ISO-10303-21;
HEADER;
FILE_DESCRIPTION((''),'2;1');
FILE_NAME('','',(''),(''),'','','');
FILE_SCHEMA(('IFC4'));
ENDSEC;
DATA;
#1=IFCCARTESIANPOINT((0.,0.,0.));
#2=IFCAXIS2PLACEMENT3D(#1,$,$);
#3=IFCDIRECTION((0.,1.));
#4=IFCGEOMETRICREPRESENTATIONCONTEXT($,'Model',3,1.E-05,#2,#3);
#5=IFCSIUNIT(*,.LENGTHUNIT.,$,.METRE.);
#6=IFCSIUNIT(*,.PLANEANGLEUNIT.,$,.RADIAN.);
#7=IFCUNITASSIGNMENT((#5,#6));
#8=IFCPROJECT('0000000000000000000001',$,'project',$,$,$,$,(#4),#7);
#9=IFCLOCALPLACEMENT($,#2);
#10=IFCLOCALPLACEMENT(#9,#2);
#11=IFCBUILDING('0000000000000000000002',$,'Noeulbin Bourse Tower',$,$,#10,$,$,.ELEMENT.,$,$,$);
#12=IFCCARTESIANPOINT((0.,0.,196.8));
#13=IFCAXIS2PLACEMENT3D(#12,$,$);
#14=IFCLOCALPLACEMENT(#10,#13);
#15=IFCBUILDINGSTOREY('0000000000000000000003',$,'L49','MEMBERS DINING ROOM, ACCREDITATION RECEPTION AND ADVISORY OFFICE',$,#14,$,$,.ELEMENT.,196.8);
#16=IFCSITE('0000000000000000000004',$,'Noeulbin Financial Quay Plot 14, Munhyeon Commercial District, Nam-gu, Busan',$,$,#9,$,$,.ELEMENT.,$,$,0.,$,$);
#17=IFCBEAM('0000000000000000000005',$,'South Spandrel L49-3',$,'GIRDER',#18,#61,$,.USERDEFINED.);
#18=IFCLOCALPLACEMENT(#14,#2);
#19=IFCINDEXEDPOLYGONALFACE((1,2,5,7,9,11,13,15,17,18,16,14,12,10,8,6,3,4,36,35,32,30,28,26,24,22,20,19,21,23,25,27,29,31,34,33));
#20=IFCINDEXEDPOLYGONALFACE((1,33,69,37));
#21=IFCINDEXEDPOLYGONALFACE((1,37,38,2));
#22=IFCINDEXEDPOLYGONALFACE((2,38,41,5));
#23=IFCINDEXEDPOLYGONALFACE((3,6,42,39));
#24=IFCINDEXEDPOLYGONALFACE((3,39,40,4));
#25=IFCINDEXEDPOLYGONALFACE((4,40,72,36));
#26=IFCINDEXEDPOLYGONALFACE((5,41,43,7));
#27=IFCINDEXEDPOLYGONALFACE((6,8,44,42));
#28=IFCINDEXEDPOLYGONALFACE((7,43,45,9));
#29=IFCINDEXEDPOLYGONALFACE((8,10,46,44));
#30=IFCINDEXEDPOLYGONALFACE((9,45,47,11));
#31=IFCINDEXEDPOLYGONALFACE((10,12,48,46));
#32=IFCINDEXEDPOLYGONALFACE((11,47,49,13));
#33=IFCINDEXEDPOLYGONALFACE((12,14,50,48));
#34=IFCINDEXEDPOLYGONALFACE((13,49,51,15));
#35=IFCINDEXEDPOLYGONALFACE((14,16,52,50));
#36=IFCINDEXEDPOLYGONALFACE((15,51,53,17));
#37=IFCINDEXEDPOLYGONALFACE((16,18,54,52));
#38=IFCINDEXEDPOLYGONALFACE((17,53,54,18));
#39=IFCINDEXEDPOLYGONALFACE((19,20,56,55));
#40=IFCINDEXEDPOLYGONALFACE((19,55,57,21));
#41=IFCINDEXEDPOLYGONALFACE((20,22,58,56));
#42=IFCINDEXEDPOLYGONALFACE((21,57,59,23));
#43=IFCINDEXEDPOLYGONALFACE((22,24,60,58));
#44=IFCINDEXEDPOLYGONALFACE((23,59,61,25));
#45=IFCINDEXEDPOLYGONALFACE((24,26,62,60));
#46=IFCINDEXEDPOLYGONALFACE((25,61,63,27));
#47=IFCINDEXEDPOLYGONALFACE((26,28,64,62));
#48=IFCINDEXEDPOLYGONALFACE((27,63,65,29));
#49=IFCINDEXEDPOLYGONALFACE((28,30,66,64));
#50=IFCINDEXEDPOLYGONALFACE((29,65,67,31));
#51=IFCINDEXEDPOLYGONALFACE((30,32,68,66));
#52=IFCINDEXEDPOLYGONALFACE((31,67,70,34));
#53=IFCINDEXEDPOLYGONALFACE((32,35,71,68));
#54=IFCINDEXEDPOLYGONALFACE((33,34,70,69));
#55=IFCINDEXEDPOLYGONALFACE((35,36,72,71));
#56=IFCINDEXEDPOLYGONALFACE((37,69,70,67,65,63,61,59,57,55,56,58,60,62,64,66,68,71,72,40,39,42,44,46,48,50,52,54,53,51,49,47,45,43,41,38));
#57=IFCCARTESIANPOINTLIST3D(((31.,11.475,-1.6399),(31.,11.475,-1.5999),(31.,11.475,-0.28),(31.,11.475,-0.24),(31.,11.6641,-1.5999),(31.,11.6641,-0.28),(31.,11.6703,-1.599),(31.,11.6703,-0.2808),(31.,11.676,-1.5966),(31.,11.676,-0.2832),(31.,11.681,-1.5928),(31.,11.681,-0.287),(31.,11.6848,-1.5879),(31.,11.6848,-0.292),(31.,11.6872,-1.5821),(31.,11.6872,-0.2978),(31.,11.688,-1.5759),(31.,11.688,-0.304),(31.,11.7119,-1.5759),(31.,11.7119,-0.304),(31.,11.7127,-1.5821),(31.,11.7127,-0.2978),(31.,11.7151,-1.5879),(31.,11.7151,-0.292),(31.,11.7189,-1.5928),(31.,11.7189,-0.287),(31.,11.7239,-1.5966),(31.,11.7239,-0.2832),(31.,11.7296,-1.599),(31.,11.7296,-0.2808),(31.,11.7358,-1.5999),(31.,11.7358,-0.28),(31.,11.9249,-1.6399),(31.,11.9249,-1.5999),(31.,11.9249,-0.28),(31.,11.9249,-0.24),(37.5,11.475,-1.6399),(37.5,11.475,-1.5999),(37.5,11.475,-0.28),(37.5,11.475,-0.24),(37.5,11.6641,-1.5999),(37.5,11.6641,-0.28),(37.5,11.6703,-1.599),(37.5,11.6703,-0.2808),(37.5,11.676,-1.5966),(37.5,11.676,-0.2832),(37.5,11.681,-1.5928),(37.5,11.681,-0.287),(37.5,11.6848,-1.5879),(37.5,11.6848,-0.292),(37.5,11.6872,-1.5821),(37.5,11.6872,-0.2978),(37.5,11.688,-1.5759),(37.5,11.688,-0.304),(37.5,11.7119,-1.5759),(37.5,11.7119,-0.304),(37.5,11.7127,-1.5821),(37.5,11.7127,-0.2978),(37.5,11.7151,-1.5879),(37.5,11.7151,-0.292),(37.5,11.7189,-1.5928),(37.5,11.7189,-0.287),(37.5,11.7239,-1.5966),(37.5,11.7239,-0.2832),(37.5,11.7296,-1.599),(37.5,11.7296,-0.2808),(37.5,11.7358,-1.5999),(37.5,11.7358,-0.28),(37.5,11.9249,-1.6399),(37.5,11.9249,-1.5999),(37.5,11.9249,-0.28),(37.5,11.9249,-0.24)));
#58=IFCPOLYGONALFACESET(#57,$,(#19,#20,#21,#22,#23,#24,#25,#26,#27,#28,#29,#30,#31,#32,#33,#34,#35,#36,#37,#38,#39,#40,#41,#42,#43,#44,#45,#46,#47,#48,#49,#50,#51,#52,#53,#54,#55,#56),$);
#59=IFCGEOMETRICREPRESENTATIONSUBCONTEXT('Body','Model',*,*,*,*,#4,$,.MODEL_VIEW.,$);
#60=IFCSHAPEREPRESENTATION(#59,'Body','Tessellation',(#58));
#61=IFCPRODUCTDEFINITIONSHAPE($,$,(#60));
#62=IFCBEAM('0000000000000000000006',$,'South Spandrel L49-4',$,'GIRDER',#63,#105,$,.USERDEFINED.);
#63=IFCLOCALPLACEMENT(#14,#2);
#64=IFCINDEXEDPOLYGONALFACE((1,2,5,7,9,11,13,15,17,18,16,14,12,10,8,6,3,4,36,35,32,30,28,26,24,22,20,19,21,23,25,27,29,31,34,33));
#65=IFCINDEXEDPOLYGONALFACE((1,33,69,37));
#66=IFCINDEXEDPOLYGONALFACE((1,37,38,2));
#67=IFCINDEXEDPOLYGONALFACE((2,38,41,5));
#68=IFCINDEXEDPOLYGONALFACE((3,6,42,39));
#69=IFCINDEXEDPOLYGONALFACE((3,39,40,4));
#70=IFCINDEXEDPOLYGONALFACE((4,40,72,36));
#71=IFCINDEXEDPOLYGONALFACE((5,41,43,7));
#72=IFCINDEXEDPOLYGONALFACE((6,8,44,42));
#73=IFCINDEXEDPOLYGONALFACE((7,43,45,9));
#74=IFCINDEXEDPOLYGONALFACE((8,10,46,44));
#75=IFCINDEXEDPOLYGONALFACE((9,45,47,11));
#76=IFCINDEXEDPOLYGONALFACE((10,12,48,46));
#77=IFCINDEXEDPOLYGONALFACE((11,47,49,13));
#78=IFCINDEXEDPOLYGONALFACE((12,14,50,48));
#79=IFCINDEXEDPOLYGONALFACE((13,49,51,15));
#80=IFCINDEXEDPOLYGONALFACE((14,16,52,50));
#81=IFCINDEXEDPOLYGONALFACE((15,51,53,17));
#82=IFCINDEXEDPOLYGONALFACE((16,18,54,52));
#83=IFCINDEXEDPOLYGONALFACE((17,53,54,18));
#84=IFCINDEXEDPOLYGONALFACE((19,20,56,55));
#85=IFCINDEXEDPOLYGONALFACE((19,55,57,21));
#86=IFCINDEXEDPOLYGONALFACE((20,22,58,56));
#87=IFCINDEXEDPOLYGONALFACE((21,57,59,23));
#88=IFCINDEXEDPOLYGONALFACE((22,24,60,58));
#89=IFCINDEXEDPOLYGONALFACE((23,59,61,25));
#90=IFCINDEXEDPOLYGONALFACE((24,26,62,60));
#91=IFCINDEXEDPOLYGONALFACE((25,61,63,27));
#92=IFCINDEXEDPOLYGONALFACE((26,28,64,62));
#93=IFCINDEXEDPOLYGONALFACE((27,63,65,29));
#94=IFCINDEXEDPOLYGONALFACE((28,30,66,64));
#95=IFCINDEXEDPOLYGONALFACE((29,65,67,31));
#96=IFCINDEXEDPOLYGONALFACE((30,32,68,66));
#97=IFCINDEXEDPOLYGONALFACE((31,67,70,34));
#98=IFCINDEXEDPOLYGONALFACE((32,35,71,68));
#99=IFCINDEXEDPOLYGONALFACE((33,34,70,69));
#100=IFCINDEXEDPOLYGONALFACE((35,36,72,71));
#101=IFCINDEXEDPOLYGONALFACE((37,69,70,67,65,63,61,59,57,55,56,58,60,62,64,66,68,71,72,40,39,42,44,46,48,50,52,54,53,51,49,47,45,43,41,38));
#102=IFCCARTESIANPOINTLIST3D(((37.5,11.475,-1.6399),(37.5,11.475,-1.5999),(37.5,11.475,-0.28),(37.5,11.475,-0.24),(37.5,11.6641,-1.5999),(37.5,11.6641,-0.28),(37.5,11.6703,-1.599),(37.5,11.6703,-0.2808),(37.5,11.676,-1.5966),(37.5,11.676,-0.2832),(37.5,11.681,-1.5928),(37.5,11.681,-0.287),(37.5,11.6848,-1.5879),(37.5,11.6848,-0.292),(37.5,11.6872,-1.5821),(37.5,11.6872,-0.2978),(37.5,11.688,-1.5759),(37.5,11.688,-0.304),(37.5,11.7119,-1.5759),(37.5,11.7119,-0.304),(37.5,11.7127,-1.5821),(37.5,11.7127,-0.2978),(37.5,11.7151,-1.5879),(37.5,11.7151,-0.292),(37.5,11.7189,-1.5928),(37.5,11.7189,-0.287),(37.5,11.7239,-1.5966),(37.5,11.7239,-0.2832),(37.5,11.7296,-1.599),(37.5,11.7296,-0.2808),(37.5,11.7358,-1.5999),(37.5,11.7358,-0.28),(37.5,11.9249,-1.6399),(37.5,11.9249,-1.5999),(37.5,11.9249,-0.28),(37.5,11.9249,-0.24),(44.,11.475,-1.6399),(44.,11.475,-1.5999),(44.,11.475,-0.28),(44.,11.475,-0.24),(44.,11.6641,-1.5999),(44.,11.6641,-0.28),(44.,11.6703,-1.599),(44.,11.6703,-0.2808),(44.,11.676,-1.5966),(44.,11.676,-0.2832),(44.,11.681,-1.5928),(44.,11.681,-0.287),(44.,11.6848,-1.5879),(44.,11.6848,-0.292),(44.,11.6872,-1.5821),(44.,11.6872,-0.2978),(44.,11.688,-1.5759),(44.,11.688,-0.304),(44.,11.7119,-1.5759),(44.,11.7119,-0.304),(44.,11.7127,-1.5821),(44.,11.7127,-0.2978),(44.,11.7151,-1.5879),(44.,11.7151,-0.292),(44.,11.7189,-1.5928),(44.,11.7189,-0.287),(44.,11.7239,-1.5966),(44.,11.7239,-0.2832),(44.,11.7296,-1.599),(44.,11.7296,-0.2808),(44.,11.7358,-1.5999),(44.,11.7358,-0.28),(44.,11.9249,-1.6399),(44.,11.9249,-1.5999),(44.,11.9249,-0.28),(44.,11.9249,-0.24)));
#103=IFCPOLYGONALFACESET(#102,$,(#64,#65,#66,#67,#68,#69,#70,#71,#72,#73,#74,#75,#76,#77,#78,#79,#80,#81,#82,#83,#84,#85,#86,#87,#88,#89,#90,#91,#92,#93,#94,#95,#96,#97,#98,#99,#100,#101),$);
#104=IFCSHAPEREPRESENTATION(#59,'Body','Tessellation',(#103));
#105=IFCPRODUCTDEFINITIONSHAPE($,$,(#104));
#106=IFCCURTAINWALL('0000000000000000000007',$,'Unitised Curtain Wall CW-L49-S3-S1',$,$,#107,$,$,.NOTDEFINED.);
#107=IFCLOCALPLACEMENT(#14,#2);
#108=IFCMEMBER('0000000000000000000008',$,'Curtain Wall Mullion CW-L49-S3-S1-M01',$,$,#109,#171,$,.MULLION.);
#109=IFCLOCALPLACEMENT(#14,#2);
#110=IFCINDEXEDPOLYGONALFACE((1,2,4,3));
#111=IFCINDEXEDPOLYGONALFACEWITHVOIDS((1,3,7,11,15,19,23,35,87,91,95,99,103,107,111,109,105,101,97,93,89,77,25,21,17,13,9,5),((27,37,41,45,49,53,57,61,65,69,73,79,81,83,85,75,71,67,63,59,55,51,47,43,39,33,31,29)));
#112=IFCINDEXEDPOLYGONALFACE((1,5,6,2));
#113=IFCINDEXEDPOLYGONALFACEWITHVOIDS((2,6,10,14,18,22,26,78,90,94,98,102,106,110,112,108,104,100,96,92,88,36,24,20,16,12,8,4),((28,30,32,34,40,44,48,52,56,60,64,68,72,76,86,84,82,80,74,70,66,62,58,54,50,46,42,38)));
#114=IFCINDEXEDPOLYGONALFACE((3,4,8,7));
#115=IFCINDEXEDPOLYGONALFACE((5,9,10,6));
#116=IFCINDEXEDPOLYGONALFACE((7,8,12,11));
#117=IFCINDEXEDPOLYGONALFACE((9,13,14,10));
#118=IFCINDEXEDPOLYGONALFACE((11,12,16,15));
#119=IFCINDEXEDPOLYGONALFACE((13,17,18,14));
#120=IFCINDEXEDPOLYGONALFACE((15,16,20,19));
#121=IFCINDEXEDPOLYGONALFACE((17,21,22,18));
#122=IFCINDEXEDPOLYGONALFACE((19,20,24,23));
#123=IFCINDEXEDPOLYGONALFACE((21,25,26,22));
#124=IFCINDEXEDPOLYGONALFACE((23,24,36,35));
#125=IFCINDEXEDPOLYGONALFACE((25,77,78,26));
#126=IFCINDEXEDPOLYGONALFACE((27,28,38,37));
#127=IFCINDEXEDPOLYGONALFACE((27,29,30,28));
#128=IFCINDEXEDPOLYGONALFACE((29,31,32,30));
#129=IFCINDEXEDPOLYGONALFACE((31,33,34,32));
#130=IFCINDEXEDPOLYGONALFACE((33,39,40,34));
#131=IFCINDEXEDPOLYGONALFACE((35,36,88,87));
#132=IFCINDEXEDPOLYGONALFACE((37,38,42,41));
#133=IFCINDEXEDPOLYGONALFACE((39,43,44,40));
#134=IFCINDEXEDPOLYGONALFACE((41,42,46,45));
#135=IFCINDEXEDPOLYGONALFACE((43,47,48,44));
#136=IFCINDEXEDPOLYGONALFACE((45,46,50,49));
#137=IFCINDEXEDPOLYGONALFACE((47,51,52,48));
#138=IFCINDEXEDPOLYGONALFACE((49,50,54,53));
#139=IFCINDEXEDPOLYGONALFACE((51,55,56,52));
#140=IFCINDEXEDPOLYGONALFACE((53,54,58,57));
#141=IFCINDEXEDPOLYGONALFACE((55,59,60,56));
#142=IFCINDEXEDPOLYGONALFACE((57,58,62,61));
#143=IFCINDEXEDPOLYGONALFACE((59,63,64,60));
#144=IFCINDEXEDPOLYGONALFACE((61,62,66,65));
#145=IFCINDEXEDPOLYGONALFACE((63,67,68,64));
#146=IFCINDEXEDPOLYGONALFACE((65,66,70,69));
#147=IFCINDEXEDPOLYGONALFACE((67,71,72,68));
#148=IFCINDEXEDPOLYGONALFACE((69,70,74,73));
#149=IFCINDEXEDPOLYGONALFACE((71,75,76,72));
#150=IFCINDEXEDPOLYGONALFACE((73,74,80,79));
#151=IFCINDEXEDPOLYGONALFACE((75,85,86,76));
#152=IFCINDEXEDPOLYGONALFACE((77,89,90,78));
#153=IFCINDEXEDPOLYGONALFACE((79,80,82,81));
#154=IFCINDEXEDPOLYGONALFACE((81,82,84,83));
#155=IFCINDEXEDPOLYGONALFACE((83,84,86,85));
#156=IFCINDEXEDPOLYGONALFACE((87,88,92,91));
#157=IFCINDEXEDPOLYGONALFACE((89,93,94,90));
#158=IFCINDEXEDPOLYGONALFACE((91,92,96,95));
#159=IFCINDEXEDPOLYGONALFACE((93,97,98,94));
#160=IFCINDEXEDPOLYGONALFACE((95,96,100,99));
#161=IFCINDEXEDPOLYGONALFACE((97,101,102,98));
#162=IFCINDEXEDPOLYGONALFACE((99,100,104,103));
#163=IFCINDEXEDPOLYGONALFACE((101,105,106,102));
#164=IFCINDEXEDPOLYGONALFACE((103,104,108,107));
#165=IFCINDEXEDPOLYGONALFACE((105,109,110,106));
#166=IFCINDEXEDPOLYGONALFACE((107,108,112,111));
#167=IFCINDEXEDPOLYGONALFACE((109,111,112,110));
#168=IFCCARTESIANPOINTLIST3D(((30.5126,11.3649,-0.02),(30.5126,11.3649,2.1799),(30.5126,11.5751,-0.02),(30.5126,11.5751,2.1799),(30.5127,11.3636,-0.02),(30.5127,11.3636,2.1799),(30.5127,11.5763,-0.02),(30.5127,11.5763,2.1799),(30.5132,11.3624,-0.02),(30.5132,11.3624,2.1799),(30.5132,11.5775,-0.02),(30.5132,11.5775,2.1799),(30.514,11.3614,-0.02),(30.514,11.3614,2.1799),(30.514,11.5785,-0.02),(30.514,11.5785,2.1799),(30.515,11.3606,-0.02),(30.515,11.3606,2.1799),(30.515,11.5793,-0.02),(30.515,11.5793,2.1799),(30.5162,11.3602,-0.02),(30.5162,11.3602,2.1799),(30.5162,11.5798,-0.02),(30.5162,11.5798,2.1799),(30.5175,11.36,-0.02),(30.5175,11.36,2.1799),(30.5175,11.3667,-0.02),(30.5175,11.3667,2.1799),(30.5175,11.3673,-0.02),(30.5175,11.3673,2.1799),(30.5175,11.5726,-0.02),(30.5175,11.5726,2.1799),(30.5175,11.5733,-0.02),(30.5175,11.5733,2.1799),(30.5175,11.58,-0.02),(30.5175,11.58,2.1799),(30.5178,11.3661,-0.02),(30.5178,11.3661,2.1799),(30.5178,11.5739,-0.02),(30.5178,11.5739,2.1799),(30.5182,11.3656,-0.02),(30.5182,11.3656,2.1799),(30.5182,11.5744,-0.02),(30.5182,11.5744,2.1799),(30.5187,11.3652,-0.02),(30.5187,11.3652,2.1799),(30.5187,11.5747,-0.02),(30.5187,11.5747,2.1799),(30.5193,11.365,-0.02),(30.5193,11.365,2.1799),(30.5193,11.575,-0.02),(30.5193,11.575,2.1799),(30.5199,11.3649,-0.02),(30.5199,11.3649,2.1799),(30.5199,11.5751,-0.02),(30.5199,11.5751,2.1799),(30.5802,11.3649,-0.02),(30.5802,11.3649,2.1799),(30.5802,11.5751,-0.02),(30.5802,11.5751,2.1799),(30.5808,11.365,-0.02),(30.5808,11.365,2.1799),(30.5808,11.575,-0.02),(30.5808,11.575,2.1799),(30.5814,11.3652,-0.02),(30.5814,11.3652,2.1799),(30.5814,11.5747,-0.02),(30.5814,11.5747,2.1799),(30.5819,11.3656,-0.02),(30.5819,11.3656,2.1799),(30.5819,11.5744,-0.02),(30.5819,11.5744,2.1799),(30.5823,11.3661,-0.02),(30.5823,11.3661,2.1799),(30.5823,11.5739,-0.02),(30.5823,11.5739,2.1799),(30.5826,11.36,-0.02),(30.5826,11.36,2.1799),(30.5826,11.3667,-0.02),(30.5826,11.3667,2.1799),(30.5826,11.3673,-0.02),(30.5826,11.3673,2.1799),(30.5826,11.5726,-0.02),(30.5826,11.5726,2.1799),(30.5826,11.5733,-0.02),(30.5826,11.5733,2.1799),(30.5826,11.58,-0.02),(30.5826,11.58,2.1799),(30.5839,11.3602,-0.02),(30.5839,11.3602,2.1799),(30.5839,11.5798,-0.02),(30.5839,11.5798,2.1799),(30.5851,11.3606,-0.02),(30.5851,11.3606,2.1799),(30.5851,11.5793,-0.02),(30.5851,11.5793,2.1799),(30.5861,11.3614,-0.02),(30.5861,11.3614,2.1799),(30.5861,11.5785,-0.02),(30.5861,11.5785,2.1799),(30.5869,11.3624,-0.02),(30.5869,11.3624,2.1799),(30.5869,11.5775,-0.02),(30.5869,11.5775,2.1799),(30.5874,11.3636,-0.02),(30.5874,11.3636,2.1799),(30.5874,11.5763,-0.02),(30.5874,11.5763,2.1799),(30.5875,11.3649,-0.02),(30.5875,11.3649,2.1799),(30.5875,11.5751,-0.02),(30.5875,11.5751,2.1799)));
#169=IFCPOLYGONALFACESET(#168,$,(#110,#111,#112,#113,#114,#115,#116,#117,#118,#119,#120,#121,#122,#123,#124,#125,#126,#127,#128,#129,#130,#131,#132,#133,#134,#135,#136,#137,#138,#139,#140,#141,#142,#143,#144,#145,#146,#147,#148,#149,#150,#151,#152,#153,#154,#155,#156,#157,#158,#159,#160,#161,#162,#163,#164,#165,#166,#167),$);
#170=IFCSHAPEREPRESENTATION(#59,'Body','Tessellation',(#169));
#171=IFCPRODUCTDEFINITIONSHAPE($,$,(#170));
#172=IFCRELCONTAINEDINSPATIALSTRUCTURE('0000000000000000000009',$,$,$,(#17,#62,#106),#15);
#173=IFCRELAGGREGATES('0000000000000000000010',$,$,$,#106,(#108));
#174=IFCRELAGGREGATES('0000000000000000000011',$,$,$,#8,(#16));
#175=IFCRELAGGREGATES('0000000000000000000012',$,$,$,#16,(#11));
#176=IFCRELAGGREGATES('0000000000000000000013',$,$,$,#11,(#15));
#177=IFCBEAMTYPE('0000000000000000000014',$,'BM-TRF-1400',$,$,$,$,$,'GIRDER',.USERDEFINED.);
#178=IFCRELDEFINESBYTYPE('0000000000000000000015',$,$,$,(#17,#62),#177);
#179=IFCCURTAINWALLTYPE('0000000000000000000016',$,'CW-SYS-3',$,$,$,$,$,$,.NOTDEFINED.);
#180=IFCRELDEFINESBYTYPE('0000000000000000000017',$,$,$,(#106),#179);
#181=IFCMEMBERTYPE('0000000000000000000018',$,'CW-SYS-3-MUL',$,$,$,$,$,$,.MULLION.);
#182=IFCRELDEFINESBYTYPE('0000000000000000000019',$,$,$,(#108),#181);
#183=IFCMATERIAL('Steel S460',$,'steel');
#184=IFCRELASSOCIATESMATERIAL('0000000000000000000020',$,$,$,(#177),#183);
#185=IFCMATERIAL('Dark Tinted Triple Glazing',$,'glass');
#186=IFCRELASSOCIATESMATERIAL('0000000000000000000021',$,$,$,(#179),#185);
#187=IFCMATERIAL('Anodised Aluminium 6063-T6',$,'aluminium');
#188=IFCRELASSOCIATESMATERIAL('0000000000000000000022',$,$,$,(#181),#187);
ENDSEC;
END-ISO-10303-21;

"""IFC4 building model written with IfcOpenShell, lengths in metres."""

from ifc_helpers import new_model, si_unit, direction, frame, origin, origin_2d, place, context, subcontext, project, spatial, hollow_rectangle, i_section, extrude, material, material_profile, profile_set, type_object, element, aggregate, save


model = new_model("IFC4")

# Units and contexts
model_context = context("Model", 3, precision=1e-05, world=origin(), true_north=direction((0.0, 1.0)))
body_context = subcontext(model_context, "Body", "Model", "MODEL_VIEW")
ifc_project = project(units=[si_unit("LENGTHUNIT", "METRE"), si_unit("PLANEANGLEUNIT", "RADIAN")], contexts=[model_context])

# Site, building, storey
site_placement = place(None, origin())
site = spatial("IfcSite", under=ifc_project, at=site_placement, Name="Noeulbin Financial Quay Plot 14, Munhyeon Commercial District, Nam-gu, Busan", CompositionType="ELEMENT", RefElevation=0.0)
building_placement = place(site_placement, origin())
building = spatial("IfcBuilding", under=site, at=building_placement, Name="Noeulbin Bourse Tower", CompositionType="ELEMENT")
storey_placement = place(building_placement, frame((0.0, 0.0, 196.8)))
storey = spatial("IfcBuildingStorey", under=building, at=storey_placement, Name="L49", Description="MEMBERS DINING ROOM, ACCREDITATION RECEPTION AND ADVISORY OFFICE", CompositionType="ELEMENT", Elevation=196.8)

# Beams
ifc_material_1 = material(Name="Steel S460", Category="steel")
ifc_material_profile_1 = material_profile(ifc_material_1, i_section(OverallWidth=0.45, OverallDepth=1.3999, WebThickness=0.0239, FlangeThickness=0.04, FilletRadius=0.0239, at=origin_2d()), Name="PG-1400x450x24x40", Category="LoadBearing")
ifc_profile_set_1 = profile_set([ifc_material_profile_1], Name="Steel S460")
beam_type_1 = type_object("IfcBeamType", Name="BM-TRF-1400", ElementType="GIRDER", PredefinedType="USERDEFINED", material=ifc_profile_set_1)
for number, where, z_axis, x_axis, name in (
    (1, (31.0, 11.7, -0.9399), (1.0, 0.0, 0.0), (0.0, 1.0, 0.0), "South Spandrel L49-3"),
    (2, (37.5, 11.7, -0.9399), (1.0, 0.0, 0.0), (0.0, 1.0, 0.0), "South Spandrel L49-4"),
):
    element("IfcBeam", number, at=place(storey_placement, frame(where, z_axis=z_axis, x_axis=x_axis)), inside=storey, type_object=beam_type_1, Name=name, ObjectType="GIRDER", PredefinedType="USERDEFINED", context=body_context, shape_type="SweptSolid", body=[
        extrude(i_section(OverallWidth=0.45, OverallDepth=1.3999, WebThickness=0.0239, FlangeThickness=0.04, FilletRadius=0.0239, at=origin_2d()), origin(), (0.0, 0.0, 1.0), 6.5),
    ])

# Curtain wall, member
ifc_material_2 = material(Name="Dark Tinted Triple Glazing", Category="glass")
curtain_wall_type = type_object("IfcCurtainWallType", Name="CW-SYS-3", PredefinedType="NOTDEFINED", material=ifc_material_2)
curtain_wall_1_placement = place(storey_placement, origin())
curtain_wall_1 = element("IfcCurtainWall", 3, at=curtain_wall_1_placement, inside=storey, type_object=curtain_wall_type, Name="Unitised Curtain Wall CW-L49-S3-S1", PredefinedType="NOTDEFINED")
ifc_material_3 = material(Name="Anodised Aluminium 6063-T6", Category="aluminium")
ifc_material_profile_2 = material_profile(ifc_material_3, hollow_rectangle(XDim=0.075, YDim=0.22, WallThickness=0.0049, InnerFilletRadius=0.0024, OuterFilletRadius=0.0049, at=origin_2d()), Name="ALU-MULL-75x220x5", Category="LoadBearing")
ifc_profile_set_2 = profile_set([ifc_material_profile_2], Name="Anodised Aluminium 6063-T6")
member_type_1 = type_object("IfcMemberType", Name="CW-SYS-3-MUL", PredefinedType="MULLION", material=ifc_profile_set_2)
member_1_placement = place(storey_placement, frame((30.55, 11.47, -0.02), z_axis=(0.0, 0.0, 1.0), x_axis=(1.0, 0.0, 0.0)))
member_1 = element("IfcMember", 4, at=member_1_placement, type_object=member_type_1, Name="Curtain Wall Mullion CW-L49-S3-S1-M01", PredefinedType="MULLION", context=body_context, shape_type="SweptSolid", body=[
    extrude(hollow_rectangle(XDim=0.075, YDim=0.22, WallThickness=0.0049, InnerFilletRadius=0.0024, OuterFilletRadius=0.0049, at=origin_2d()), origin(), (0.0, 0.0, 1.0), 2.2),
])

aggregate(curtain_wall_1, [member_1])

save(model, "model.ifc")
